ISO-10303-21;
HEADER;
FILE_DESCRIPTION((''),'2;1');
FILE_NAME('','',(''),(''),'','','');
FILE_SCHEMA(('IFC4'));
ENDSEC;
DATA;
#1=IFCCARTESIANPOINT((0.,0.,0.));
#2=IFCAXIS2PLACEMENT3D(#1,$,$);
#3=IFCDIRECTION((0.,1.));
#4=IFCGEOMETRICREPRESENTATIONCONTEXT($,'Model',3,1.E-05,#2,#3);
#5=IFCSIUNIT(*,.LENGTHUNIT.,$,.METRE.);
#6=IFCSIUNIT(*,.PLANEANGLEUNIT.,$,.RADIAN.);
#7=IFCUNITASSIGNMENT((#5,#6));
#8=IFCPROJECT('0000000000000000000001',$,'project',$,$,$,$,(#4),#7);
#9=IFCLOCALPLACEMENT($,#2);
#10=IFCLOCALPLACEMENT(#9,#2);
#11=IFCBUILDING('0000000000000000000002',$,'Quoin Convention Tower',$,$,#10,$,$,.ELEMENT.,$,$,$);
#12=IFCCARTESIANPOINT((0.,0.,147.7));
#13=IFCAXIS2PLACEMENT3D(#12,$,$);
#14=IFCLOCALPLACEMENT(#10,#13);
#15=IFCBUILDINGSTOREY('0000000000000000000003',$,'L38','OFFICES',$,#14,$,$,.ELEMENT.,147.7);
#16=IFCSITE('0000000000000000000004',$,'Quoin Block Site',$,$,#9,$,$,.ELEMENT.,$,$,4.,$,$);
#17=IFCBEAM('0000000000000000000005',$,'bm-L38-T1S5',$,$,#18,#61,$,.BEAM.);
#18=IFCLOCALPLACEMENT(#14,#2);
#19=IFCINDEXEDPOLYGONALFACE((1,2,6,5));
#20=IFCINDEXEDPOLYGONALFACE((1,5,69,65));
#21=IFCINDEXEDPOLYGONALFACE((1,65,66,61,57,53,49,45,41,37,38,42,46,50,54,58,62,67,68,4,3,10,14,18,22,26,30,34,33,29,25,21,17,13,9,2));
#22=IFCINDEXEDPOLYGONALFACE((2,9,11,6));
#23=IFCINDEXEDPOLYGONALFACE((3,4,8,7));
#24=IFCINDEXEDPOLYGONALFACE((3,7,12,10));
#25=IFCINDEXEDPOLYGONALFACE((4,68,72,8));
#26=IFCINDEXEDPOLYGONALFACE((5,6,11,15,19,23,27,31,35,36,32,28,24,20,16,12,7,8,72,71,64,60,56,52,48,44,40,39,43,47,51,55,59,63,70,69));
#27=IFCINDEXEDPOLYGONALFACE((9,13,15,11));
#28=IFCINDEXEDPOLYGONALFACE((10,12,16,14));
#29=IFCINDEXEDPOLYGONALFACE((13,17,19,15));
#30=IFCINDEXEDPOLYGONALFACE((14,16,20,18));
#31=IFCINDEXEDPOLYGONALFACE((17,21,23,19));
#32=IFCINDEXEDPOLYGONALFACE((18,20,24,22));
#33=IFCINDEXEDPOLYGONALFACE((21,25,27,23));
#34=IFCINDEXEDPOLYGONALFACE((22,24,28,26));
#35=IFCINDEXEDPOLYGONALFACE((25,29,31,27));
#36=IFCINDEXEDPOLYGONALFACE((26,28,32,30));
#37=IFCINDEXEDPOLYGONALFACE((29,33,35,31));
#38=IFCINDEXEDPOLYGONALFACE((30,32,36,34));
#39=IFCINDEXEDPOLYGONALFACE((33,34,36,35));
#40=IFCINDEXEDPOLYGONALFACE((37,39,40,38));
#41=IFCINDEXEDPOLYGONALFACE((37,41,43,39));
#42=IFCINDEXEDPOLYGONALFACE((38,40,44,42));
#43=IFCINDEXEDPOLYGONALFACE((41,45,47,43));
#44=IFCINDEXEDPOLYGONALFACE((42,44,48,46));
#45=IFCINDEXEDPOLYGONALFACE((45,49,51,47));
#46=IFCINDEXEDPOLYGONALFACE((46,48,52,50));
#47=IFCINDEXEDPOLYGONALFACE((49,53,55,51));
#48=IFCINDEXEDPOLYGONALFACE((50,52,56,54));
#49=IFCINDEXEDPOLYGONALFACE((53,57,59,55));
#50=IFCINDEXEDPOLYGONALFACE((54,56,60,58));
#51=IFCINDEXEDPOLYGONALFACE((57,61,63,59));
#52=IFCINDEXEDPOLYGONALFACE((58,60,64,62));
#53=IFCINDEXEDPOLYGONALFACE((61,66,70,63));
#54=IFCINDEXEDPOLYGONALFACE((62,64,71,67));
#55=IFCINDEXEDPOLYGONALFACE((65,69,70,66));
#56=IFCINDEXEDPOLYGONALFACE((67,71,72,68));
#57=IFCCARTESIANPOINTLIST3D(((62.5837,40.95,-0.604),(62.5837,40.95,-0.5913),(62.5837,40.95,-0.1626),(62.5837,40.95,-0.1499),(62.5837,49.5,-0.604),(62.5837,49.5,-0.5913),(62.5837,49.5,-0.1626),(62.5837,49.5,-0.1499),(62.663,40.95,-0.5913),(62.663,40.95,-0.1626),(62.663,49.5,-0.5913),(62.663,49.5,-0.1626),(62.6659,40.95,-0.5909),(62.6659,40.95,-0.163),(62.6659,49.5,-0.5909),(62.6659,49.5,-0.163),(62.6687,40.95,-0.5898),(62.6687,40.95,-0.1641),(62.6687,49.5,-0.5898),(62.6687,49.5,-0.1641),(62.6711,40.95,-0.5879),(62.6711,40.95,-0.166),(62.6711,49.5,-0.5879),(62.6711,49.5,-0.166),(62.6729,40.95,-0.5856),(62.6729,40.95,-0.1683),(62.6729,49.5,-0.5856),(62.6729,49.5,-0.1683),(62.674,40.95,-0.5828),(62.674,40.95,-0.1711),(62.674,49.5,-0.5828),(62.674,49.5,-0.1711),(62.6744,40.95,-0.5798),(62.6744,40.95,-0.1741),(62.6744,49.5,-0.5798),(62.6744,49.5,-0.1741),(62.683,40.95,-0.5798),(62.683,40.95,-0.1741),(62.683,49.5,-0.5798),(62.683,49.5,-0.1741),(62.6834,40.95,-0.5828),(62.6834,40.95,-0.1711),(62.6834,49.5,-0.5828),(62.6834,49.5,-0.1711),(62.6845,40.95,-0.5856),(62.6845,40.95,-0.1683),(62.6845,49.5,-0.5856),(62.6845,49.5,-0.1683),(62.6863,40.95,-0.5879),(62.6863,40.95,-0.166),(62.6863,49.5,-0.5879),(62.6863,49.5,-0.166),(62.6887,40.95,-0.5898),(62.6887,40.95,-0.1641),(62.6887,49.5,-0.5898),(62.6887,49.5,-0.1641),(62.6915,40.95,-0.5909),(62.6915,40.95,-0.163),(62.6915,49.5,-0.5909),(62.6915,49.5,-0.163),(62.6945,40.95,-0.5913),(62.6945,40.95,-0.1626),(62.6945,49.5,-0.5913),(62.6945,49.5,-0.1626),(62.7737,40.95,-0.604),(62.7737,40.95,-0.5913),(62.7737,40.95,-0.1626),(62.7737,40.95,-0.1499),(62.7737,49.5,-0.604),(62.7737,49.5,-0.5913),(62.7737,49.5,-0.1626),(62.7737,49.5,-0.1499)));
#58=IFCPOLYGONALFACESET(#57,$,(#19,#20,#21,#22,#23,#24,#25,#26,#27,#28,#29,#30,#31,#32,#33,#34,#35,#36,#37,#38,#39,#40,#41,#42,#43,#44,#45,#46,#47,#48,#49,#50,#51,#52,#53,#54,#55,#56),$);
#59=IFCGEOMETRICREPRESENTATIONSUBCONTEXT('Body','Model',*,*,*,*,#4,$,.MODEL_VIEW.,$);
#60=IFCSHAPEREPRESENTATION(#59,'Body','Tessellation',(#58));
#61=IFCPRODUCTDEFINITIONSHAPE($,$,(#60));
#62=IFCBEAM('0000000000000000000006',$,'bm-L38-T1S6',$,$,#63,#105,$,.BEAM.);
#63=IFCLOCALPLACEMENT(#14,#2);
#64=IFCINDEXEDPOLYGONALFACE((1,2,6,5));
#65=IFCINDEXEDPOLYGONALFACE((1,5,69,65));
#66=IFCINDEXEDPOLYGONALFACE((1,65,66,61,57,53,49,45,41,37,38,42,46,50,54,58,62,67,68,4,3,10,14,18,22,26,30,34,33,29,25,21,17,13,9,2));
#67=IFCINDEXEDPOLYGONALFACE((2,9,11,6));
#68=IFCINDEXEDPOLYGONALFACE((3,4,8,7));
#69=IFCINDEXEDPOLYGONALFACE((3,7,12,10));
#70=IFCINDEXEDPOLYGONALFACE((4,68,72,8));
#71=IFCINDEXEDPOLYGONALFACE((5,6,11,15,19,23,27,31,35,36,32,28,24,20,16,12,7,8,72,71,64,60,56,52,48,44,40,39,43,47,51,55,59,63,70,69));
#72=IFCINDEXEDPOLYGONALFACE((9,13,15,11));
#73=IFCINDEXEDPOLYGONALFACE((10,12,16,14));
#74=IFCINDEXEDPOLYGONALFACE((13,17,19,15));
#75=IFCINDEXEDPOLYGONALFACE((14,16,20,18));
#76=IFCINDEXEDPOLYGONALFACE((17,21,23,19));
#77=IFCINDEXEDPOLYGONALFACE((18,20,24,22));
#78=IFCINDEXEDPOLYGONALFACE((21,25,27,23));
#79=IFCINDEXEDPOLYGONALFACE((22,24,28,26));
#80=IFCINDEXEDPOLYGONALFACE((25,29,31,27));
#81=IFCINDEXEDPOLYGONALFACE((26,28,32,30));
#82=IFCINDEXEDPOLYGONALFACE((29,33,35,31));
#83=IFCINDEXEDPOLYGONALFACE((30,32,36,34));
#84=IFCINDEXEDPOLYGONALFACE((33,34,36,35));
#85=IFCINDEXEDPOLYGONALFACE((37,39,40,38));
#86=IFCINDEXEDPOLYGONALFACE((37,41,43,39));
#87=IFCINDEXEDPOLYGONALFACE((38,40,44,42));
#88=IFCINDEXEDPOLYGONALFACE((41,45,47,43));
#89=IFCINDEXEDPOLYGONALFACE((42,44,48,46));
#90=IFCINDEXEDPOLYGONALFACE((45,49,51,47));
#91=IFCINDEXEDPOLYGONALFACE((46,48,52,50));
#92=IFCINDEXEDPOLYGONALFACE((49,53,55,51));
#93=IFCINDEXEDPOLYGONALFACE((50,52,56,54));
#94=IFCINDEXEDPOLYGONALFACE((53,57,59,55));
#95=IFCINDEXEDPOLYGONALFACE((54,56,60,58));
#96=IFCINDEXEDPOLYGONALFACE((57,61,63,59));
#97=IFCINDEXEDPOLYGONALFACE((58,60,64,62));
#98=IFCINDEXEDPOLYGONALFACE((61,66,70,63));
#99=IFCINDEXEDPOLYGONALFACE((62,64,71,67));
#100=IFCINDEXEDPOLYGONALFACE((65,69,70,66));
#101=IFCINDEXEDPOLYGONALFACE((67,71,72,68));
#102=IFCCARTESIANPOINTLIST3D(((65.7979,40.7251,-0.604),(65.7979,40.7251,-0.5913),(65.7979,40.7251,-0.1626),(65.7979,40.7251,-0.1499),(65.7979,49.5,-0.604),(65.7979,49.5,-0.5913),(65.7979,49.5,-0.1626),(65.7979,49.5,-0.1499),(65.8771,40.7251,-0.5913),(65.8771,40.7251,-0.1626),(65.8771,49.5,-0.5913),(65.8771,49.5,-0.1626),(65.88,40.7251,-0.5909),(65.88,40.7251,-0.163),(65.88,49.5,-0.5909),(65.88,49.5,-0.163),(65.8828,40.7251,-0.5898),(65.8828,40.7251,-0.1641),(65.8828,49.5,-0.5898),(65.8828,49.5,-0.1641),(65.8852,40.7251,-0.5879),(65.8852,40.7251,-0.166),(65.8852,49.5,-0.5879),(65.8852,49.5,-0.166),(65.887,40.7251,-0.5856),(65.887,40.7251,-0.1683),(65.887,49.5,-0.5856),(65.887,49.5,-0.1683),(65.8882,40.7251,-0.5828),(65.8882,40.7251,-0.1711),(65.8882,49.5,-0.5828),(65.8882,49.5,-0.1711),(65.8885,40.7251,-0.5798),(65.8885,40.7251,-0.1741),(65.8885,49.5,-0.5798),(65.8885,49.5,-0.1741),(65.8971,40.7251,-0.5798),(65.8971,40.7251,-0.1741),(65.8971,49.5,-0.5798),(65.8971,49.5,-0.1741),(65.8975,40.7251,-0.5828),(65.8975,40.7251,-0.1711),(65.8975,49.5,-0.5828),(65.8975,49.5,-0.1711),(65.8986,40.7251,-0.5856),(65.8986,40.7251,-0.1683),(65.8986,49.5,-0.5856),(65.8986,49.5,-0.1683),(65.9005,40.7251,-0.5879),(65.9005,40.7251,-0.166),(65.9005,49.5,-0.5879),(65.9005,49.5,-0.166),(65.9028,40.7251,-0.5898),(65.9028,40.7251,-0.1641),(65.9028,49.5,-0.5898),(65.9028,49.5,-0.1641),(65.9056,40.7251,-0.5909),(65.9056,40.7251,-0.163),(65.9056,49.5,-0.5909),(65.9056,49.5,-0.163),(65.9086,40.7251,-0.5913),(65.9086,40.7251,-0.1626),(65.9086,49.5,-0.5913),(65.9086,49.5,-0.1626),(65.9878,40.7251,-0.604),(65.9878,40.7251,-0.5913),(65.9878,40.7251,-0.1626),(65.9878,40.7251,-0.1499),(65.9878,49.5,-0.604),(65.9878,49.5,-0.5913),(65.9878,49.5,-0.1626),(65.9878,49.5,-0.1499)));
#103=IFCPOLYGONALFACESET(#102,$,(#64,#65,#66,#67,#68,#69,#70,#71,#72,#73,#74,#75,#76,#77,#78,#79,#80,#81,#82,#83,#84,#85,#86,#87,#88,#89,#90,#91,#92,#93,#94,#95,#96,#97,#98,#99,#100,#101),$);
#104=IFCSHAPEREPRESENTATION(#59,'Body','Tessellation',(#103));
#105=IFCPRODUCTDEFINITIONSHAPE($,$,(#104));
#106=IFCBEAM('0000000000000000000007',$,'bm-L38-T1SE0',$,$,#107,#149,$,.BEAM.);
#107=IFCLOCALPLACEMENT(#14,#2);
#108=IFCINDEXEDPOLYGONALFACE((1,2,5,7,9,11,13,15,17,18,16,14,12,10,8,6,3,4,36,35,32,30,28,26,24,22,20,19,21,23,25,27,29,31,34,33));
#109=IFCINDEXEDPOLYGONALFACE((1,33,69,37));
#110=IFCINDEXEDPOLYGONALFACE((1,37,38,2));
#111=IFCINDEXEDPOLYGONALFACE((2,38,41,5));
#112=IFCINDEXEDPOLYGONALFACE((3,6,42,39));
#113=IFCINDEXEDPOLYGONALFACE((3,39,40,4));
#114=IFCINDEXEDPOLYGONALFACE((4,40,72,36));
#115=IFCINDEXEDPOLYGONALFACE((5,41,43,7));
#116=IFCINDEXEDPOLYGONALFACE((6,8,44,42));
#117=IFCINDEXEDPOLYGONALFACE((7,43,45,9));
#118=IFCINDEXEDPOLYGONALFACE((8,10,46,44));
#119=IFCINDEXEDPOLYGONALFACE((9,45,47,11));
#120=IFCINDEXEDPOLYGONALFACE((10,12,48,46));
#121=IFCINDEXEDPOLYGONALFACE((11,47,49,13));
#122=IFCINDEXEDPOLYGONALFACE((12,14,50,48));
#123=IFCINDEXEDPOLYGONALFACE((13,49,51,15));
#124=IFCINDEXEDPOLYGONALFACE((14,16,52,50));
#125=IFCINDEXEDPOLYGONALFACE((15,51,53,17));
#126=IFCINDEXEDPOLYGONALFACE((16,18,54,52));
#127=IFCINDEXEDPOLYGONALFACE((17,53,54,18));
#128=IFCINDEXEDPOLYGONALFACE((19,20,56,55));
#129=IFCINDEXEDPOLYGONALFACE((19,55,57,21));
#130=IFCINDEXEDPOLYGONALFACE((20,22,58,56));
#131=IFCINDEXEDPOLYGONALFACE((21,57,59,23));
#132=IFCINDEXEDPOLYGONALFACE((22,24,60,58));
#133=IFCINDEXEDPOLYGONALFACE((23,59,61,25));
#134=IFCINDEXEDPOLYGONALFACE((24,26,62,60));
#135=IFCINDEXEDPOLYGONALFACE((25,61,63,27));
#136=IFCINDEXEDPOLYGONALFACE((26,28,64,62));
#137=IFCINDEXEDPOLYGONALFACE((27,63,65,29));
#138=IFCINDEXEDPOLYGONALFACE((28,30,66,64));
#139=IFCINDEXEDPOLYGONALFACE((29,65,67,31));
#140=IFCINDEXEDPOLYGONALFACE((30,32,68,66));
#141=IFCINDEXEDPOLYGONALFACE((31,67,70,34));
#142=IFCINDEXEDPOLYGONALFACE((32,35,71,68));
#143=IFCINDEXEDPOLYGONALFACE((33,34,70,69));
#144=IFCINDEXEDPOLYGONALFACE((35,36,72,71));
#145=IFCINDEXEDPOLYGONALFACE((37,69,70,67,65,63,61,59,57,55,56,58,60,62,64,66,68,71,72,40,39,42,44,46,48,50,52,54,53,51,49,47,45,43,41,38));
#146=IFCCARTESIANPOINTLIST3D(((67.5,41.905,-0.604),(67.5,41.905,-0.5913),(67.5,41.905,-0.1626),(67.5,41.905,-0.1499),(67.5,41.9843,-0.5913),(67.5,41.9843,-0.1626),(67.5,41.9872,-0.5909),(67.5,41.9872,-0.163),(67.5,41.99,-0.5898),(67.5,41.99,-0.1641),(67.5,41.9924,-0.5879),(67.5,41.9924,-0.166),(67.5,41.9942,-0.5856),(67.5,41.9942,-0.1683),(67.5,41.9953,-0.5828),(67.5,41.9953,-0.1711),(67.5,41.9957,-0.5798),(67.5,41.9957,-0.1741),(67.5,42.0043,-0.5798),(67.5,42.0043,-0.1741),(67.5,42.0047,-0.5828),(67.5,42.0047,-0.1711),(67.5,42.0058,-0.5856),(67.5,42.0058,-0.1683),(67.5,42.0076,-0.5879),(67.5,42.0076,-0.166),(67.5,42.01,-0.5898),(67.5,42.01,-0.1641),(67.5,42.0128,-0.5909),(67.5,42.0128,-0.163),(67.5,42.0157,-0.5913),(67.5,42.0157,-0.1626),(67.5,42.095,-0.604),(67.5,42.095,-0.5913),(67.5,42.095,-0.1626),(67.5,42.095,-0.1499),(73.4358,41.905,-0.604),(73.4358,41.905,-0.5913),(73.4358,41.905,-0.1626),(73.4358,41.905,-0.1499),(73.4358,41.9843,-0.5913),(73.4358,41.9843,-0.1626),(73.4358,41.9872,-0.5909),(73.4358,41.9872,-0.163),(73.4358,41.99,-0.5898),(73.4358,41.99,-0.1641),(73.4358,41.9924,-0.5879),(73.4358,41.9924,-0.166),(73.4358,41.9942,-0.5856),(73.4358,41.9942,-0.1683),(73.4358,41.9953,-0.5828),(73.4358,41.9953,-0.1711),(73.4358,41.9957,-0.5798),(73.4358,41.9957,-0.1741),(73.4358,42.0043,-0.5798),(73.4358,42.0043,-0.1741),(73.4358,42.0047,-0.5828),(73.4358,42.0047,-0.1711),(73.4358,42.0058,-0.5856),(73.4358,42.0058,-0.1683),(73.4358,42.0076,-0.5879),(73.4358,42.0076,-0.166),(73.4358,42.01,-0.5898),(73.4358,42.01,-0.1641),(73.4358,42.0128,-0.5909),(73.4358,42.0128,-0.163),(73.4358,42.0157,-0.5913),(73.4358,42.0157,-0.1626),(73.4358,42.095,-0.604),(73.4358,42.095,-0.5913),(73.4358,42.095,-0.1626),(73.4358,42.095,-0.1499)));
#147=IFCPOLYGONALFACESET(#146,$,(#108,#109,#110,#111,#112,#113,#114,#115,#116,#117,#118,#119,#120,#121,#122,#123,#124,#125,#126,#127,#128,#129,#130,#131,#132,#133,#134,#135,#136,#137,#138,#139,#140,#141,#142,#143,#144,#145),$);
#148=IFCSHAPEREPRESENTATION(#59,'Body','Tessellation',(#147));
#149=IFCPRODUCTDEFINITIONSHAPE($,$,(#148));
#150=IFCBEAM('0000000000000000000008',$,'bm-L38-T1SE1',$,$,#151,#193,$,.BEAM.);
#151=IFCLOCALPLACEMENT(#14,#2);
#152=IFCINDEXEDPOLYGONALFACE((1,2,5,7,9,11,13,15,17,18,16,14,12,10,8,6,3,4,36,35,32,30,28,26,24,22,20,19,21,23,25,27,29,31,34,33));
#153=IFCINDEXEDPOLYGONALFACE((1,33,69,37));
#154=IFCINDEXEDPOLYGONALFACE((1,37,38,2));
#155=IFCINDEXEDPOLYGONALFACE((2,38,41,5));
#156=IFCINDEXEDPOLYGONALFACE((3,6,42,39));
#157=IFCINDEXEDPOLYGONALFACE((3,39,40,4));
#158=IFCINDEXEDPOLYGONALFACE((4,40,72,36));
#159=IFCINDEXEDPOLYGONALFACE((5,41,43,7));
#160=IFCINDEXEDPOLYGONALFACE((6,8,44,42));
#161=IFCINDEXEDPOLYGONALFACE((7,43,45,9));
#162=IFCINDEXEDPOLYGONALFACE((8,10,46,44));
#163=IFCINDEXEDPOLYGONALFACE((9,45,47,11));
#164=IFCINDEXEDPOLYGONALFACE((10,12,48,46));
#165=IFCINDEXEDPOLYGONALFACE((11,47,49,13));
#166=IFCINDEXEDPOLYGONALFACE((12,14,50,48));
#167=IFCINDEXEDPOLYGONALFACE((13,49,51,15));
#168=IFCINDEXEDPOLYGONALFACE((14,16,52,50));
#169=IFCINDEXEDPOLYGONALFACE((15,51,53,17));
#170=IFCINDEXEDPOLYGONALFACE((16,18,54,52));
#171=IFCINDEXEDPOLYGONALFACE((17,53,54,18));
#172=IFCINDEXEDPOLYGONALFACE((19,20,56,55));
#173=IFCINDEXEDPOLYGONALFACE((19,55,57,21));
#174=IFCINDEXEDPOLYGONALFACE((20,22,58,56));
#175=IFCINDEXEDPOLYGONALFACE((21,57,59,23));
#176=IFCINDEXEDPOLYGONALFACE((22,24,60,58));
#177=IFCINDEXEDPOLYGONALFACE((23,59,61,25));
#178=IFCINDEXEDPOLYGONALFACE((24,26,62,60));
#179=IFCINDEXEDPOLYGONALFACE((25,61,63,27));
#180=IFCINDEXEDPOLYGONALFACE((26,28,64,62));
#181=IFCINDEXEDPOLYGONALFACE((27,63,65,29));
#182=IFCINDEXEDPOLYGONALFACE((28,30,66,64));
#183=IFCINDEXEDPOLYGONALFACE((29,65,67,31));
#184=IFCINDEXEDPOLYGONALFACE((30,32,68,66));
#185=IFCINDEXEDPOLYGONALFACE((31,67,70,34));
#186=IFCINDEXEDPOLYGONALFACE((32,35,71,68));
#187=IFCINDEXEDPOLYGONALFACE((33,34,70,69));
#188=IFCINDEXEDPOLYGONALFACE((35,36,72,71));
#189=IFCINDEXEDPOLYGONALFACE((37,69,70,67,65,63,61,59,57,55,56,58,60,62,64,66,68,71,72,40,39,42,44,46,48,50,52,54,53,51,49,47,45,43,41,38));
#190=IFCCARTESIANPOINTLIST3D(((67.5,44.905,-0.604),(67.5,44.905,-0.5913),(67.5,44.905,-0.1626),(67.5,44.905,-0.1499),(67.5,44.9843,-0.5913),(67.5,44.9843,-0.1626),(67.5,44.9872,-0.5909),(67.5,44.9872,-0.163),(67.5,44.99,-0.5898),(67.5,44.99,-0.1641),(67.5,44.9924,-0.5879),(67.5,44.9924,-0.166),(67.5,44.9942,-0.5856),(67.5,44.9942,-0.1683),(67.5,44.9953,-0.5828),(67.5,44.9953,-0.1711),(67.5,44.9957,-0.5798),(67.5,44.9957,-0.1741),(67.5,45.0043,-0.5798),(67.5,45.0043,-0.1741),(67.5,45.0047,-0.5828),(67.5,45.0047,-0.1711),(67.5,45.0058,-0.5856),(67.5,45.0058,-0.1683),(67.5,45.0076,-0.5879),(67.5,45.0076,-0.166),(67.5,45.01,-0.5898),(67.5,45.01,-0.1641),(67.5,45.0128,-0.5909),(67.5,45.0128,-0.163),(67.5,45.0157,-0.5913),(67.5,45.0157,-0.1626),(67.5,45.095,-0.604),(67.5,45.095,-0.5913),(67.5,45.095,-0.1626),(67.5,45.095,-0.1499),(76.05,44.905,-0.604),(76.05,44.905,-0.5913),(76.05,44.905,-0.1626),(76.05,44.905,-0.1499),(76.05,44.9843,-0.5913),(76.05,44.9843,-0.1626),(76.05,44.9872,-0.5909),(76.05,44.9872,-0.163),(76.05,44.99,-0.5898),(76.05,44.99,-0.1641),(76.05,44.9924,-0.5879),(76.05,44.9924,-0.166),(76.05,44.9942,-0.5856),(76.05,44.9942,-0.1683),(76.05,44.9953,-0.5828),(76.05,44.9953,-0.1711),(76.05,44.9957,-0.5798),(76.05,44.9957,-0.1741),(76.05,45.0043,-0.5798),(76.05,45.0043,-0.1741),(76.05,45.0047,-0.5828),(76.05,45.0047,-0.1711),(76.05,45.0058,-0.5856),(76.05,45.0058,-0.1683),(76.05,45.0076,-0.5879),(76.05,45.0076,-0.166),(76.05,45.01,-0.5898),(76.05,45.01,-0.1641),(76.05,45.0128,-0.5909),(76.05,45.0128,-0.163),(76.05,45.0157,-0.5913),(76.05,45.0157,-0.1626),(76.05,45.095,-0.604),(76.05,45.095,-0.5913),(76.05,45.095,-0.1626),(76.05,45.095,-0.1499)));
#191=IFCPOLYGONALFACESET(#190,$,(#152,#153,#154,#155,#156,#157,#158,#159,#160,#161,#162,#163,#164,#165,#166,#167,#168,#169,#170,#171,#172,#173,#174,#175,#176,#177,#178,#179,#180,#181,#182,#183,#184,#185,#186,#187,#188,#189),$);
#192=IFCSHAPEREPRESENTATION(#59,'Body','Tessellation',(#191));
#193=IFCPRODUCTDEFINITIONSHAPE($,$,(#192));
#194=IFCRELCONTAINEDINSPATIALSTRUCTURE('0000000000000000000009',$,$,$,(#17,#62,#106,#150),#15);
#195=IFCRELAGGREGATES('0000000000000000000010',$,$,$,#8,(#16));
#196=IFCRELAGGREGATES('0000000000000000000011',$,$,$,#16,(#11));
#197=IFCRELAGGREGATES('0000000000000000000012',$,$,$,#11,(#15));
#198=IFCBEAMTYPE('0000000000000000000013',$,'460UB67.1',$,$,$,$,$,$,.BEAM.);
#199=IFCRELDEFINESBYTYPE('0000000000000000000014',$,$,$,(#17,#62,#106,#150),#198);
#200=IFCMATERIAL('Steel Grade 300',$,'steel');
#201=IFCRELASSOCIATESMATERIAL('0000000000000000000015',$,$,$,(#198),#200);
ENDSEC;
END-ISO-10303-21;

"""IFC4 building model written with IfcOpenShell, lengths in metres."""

from ifc_helpers import new_model, si_unit, direction, frame, origin, origin_2d, place, context, subcontext, project, spatial, i_section, extrude, material, material_profile, profile_set, type_object, element, save


model = new_model("IFC4")

# Units and contexts
model_context = context("Model", 3, precision=1e-05, world=origin(), true_north=direction((0.0, 1.0)))
body_context = subcontext(model_context, "Body", "Model", "MODEL_VIEW")
ifc_project = project(units=[si_unit("LENGTHUNIT", "METRE"), si_unit("PLANEANGLEUNIT", "RADIAN")], contexts=[model_context])

# Site, building, storey
site_placement = place(None, origin())
site = spatial("IfcSite", under=ifc_project, at=site_placement, Name="Quoin Block Site", CompositionType="ELEMENT", RefElevation=4.0)
building_placement = place(site_placement, origin())
building = spatial("IfcBuilding", under=site, at=building_placement, Name="Quoin Convention Tower", CompositionType="ELEMENT")
storey_placement = place(building_placement, frame((0.0, 0.0, 147.7)))
storey = spatial("IfcBuildingStorey", under=building, at=storey_placement, Name="L38", Description="OFFICES", CompositionType="ELEMENT", Elevation=147.7)

# Beams
ifc_material_1 = material(Name="Steel Grade 300", Category="steel")
ifc_material_profile_1 = material_profile(ifc_material_1, i_section(OverallWidth=0.1899, OverallDepth=0.4541, WebThickness=0.0085, FlangeThickness=0.0127, FilletRadius=0.0115, at=origin_2d()), Name="460UB67.1")
ifc_profile_set_1 = profile_set([ifc_material_profile_1], Name="Steel Grade 300")
beam_type_1 = type_object("IfcBeamType", Name="460UB67.1", PredefinedType="BEAM", material=ifc_profile_set_1)
beam_1_placement = place(storey_placement, frame((62.6787, 40.95, -0.377), z_axis=(0.0, 1.0, 0.0), x_axis=(-1.0, 0.0, 0.0)))
element("IfcBeam", 1, at=beam_1_placement, inside=storey, type_object=beam_type_1, Name="bm-L38-T1S5", PredefinedType="BEAM", context=body_context, shape_type="SweptSolid", body=[
    extrude(i_section(OverallWidth=0.1899, OverallDepth=0.4541, WebThickness=0.0085, FlangeThickness=0.0127, FilletRadius=0.0115, at=origin_2d()), origin(), (0.0, 0.0, 1.0), 8.55),
])
beam_2_placement = place(storey_placement, frame((65.8928, 40.7251, -0.377), z_axis=(0.0, 1.0, 0.0), x_axis=(-1.0, 0.0, 0.0)))
element("IfcBeam", 2, at=beam_2_placement, inside=storey, type_object=beam_type_1, Name="bm-L38-T1S6", PredefinedType="BEAM", context=body_context, shape_type="SweptSolid", body=[
    extrude(i_section(OverallWidth=0.1899, OverallDepth=0.4541, WebThickness=0.0085, FlangeThickness=0.0127, FilletRadius=0.0115, at=origin_2d()), origin(), (0.0, 0.0, 1.0), 8.7749),
])
beam_3_placement = place(storey_placement, frame((67.5, 42.0, -0.377), z_axis=(1.0, 0.0, 0.0), x_axis=(0.0, 1.0, 0.0)))
element("IfcBeam", 3, at=beam_3_placement, inside=storey, type_object=beam_type_1, Name="bm-L38-T1SE0", PredefinedType="BEAM", context=body_context, shape_type="SweptSolid", body=[
    extrude(i_section(OverallWidth=0.1899, OverallDepth=0.4541, WebThickness=0.0085, FlangeThickness=0.0127, FilletRadius=0.0115, at=origin_2d()), origin(), (0.0, 0.0, 1.0), 5.9358),
])
beam_4_placement = place(storey_placement, frame((67.5, 45.0, -0.377), z_axis=(1.0, 0.0, 0.0), x_axis=(0.0, 1.0, 0.0)))
element("IfcBeam", 4, at=beam_4_placement, inside=storey, type_object=beam_type_1, Name="bm-L38-T1SE1", PredefinedType="BEAM", context=body_context, shape_type="SweptSolid", body=[
    extrude(i_section(OverallWidth=0.1899, OverallDepth=0.4541, WebThickness=0.0085, FlangeThickness=0.0127, FilletRadius=0.0115, at=origin_2d()), origin(), (0.0, 0.0, 1.0), 8.55),
])

save(model, "model.ifc")
